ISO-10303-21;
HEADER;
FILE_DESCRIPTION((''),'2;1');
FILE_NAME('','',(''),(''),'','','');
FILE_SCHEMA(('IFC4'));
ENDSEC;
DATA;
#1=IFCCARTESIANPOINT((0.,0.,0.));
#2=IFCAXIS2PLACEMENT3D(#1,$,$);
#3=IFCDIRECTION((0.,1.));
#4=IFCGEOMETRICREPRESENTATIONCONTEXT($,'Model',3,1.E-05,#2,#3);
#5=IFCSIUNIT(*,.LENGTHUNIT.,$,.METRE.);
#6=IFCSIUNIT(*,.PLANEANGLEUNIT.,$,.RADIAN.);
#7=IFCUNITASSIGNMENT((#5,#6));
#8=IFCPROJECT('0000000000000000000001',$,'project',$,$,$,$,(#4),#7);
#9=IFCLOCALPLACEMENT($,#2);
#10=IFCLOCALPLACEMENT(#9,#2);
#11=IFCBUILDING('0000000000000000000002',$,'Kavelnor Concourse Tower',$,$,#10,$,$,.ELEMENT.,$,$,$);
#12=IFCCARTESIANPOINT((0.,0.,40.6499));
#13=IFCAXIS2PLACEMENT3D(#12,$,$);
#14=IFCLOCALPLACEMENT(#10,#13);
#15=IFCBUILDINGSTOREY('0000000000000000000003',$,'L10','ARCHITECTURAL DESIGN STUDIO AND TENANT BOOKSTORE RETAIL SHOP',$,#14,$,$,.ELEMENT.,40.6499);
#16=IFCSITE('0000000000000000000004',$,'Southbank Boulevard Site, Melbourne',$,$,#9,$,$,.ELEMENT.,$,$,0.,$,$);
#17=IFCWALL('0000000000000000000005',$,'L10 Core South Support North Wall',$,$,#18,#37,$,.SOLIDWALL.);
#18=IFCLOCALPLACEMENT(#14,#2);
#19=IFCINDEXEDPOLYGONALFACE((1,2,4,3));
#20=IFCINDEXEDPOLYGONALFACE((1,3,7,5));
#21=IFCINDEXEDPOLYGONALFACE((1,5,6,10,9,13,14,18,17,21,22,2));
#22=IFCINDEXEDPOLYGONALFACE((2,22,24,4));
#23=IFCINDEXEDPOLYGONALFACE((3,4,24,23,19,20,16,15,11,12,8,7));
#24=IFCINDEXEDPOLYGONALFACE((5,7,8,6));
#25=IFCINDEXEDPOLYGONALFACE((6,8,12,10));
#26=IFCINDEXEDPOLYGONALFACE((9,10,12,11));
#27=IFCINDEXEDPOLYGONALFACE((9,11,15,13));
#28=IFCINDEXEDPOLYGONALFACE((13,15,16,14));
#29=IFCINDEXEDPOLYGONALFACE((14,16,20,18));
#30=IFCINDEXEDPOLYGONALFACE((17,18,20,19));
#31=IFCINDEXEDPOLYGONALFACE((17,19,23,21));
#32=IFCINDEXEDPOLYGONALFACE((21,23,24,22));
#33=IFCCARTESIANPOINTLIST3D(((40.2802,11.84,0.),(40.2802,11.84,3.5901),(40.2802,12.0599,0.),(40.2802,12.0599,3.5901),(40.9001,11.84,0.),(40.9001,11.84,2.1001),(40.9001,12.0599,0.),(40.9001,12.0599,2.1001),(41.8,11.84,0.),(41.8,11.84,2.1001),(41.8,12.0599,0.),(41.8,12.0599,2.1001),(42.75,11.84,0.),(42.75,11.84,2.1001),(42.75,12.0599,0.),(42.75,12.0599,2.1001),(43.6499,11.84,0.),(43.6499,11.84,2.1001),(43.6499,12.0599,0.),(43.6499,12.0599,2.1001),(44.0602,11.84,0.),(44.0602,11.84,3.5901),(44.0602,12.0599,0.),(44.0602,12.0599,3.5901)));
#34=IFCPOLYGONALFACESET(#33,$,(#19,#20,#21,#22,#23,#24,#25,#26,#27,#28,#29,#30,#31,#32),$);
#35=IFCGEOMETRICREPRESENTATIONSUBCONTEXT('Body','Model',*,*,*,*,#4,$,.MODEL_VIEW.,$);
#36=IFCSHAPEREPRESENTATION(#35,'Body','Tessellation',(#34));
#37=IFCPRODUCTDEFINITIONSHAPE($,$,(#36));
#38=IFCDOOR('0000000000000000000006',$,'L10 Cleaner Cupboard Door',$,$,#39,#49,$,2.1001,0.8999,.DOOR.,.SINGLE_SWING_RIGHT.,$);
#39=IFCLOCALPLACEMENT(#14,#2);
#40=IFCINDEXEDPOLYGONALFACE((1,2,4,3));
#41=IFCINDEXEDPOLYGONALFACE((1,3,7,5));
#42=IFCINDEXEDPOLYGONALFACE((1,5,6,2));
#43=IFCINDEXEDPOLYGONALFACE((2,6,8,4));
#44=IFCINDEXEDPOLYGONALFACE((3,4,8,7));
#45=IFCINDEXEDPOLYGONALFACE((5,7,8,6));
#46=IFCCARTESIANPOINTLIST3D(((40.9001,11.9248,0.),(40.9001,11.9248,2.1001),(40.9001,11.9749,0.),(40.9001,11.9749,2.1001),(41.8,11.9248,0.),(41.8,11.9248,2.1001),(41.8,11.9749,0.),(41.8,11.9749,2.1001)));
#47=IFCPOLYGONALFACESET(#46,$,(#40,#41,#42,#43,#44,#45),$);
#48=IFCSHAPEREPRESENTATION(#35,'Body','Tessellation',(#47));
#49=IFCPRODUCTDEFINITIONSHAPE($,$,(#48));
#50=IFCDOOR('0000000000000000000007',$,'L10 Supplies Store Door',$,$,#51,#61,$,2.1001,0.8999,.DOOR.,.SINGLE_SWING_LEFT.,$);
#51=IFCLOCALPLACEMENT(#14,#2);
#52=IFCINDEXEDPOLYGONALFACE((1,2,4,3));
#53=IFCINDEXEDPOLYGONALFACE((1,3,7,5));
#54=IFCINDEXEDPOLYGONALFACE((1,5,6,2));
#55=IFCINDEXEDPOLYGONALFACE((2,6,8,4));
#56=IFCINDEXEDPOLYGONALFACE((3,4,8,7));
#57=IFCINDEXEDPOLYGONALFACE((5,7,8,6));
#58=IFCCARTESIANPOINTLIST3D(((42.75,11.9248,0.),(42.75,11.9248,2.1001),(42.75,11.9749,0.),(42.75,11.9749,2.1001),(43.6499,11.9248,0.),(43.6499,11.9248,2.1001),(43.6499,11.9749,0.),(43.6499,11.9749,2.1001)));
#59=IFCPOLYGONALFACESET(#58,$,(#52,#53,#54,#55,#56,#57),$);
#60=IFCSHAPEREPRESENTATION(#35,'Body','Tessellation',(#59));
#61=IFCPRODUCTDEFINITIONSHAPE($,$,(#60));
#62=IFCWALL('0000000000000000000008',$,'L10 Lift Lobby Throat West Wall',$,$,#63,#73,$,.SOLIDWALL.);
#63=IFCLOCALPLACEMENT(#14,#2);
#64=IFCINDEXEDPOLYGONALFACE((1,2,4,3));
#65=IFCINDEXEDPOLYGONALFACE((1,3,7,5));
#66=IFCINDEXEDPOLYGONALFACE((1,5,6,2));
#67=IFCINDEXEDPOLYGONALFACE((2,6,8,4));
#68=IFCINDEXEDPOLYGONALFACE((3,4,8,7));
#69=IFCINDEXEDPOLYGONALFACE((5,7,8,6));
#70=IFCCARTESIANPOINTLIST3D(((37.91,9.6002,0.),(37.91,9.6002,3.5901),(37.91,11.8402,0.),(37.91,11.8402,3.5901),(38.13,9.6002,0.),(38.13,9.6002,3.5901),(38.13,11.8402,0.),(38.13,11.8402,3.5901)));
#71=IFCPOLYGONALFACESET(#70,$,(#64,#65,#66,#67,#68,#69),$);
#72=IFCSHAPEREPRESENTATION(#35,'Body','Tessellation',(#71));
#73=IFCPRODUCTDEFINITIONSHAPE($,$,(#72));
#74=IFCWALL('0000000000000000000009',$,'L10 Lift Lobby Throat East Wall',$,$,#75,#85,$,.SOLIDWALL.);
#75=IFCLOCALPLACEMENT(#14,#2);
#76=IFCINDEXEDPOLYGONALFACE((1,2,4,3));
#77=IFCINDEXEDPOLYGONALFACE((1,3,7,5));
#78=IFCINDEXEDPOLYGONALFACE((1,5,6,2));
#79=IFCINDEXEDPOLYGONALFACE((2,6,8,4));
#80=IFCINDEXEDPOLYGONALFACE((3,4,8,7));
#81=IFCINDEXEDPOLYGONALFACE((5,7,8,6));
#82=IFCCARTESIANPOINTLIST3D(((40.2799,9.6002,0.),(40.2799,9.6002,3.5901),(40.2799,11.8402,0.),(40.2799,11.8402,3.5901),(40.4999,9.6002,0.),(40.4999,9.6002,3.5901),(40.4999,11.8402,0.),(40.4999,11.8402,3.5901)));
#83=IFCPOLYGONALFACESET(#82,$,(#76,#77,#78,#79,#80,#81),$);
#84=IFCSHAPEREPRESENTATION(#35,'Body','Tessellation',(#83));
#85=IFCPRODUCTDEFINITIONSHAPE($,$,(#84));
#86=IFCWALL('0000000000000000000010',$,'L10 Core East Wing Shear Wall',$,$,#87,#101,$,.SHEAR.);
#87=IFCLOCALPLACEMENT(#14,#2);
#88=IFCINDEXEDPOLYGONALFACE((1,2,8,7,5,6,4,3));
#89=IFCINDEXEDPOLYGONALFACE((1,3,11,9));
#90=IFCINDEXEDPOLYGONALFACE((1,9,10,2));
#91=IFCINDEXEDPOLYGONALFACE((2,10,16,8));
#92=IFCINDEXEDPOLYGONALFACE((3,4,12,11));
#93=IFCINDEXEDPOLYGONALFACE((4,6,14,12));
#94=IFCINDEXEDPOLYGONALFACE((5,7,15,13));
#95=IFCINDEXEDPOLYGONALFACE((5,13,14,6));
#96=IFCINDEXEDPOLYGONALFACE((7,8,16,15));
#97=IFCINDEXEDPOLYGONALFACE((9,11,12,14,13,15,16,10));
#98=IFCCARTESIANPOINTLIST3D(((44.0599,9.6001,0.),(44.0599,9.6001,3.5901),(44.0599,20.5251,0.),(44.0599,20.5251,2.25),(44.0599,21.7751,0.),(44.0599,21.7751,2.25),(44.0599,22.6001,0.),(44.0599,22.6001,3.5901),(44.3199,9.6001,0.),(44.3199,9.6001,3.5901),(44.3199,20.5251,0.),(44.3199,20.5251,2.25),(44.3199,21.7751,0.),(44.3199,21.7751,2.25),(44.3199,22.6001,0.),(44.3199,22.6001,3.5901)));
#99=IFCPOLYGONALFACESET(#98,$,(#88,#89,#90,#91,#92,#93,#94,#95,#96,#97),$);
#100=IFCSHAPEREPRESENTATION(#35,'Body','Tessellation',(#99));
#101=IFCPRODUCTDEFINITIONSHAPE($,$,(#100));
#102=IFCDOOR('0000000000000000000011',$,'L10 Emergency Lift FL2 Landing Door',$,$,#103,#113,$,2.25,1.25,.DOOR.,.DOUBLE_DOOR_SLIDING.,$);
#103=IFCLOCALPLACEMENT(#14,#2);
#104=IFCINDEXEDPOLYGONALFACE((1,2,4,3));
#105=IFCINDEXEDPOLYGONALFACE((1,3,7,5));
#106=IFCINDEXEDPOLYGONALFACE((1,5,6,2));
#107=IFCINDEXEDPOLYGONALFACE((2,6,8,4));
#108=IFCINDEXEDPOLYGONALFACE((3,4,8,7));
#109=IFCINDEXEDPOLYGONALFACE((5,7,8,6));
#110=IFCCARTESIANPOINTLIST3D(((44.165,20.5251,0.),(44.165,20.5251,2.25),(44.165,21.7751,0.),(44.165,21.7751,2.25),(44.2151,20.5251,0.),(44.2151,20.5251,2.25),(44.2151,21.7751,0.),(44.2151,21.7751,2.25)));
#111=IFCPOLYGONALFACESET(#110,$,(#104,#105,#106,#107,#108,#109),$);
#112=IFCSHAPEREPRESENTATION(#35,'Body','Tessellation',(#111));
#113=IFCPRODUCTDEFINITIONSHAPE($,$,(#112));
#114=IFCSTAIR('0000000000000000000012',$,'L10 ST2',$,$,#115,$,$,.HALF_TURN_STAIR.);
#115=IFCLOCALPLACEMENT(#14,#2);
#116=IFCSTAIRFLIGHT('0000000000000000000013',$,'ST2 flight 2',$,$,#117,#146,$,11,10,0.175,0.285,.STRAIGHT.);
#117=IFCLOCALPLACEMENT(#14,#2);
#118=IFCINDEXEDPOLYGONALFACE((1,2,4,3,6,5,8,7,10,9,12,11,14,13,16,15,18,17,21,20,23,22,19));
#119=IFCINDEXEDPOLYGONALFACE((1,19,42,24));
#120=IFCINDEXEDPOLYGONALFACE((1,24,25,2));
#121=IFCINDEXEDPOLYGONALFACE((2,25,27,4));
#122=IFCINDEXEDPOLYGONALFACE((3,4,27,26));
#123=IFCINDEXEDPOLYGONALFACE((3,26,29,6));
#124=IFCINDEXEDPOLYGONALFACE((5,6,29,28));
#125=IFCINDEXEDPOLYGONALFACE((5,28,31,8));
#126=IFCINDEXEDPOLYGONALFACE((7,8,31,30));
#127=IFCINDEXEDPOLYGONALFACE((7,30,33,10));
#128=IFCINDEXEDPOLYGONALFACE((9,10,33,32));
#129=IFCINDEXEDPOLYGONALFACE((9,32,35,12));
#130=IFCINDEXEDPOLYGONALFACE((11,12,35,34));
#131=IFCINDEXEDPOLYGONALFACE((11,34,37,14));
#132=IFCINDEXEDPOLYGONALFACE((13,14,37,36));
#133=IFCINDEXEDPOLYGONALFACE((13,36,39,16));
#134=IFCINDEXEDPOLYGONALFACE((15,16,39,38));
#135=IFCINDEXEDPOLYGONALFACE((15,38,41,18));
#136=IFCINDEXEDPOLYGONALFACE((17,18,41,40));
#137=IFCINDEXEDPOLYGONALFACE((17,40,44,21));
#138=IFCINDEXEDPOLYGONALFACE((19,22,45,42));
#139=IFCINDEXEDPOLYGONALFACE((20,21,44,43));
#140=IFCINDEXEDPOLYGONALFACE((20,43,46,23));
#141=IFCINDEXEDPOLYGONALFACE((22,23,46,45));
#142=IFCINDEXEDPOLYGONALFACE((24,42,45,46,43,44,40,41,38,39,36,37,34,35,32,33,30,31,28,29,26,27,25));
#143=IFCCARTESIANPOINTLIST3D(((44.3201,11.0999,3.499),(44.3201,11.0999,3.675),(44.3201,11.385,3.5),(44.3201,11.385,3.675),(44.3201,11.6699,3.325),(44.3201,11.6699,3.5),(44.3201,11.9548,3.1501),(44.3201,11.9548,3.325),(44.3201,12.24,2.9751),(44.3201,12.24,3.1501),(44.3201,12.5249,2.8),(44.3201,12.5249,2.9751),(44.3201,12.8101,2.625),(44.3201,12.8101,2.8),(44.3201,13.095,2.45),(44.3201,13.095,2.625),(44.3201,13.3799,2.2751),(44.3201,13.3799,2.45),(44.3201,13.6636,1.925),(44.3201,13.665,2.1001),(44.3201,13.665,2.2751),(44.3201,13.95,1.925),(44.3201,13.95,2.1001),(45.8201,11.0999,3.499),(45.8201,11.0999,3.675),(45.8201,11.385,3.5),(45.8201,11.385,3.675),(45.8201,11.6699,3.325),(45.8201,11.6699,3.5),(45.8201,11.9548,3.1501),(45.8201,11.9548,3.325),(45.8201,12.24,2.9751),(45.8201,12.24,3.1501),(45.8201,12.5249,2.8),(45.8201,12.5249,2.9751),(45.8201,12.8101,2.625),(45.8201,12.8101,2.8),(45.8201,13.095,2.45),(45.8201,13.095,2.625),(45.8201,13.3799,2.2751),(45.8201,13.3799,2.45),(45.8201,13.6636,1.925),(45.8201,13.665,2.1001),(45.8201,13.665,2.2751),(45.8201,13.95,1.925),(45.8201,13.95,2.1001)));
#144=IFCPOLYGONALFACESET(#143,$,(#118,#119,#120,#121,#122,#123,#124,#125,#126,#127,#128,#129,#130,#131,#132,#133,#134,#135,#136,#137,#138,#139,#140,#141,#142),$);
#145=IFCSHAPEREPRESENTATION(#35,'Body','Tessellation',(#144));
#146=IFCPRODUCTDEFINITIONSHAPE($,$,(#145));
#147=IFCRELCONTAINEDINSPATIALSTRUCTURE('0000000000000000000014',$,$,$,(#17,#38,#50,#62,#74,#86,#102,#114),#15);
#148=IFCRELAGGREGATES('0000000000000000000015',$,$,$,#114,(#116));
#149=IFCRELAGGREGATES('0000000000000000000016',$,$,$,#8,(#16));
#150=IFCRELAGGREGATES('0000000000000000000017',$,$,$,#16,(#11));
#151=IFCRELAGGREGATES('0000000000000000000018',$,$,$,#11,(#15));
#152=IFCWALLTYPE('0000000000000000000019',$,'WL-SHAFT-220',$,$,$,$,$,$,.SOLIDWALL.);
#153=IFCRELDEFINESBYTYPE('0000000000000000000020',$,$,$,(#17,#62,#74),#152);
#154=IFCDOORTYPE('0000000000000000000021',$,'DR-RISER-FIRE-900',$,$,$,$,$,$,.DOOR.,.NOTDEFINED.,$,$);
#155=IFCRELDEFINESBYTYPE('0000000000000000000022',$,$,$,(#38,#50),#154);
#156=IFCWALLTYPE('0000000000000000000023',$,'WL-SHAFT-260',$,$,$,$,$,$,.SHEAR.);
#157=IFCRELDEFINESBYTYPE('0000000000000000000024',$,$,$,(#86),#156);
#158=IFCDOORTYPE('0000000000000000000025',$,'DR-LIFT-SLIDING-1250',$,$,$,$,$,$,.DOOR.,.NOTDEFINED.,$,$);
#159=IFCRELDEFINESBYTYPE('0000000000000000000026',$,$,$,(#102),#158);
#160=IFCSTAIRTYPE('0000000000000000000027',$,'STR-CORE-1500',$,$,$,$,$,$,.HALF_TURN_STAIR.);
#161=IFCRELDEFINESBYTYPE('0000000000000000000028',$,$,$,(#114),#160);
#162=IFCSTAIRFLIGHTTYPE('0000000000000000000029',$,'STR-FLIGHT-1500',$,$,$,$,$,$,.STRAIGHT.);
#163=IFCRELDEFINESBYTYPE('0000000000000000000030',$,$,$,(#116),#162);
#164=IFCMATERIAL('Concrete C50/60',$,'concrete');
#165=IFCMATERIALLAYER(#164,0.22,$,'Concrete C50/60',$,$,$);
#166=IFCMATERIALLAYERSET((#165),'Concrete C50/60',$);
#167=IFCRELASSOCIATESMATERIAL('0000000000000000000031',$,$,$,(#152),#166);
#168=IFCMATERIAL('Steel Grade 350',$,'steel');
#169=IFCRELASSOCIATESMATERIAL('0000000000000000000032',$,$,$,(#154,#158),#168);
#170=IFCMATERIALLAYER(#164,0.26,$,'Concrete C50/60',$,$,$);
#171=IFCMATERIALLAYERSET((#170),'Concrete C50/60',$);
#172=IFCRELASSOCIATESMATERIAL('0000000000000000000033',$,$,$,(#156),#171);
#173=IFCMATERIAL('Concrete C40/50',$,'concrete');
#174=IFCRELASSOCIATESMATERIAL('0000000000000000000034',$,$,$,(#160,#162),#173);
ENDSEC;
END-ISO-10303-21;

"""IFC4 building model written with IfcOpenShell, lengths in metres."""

from ifc_helpers import new_model, si_unit, direction, frame, frame_2d, origin, place, context, subcontext, project, spatial, polyline, rectangle, outline, extrude, material, layer, layer_set, type_object, element, fill, aggregate, save


model = new_model("IFC4")

# Units and contexts
model_context = context("Model", 3, precision=1e-05, world=origin(), true_north=direction((0.0, 1.0)))
body_context = subcontext(model_context, "Body", "Model", "MODEL_VIEW")
ifc_project = project(units=[si_unit("LENGTHUNIT", "METRE"), si_unit("PLANEANGLEUNIT", "RADIAN")], contexts=[model_context])

# Site, building, storey
site_placement = place(None, origin())
site = spatial("IfcSite", under=ifc_project, at=site_placement, Name="Southbank Boulevard Site, Melbourne", CompositionType="ELEMENT", RefElevation=0.0)
building_placement = place(site_placement, origin())
building = spatial("IfcBuilding", under=site, at=building_placement, Name="Kavelnor Concourse Tower", CompositionType="ELEMENT")
storey_placement = place(building_placement, frame((0.0, 0.0, 40.6499)))
storey = spatial("IfcBuildingStorey", under=building, at=storey_placement, Name="L10", Description="ARCHITECTURAL DESIGN STUDIO AND TENANT BOOKSTORE RETAIL SHOP", CompositionType="ELEMENT", Elevation=40.6499)

# Shared definitions
ifc_material_1 = material(Name="Steel Grade 350", Category="steel")

# Wall, openings, doors
ifc_material_2 = material(Name="Concrete C50/60", Category="concrete")
ifc_layer_1 = layer(ifc_material_2, 0.22, Name="Concrete C50/60")
ifc_layer_set_1 = layer_set([ifc_layer_1], Name="Concrete C50/60")
wall_type_1 = type_object("IfcWallType", Name="WL-SHAFT-220", PredefinedType="SOLIDWALL", material=ifc_layer_set_1)
wall_1_placement = place(storey_placement, frame((40.28, 11.95, 0.0), z_axis=(0.0, 0.0, 1.0), x_axis=(1.0, 0.0, 0.0)))
wall_1 = element("IfcWall", 1, at=wall_1_placement, inside=storey, type_object=wall_type_1, Name="L10 Core South Support North Wall", PredefinedType="SOLIDWALL", context=body_context, shape_type="SweptSolid", body=[
    extrude(rectangle(XDim=3.78, YDim=0.22, at=frame_2d((1.8901, 0.0))), origin(), (0.0, 0.0, 1.0), 3.5901),
])
opening_1_placement = place(wall_1_placement, frame((0.6201, 0.0, 0.0)))
opening_1 = element("IfcOpeningElement", 2, at=opening_1_placement, cuts=wall_1, PredefinedType="OPENING", context=body_context, shape_type="SweptSolid", body=[
    extrude(rectangle(XDim=0.8999, YDim=2.1001, at=frame_2d((0.45, 1.05))), frame((0.0, 0.1201, 0.0), z_axis=(0.0, -1.0, 0.0), x_axis=(1.0, 0.0, 0.0)), (0.0, 0.0, 1.0), 0.24),
])
opening_2_placement = place(wall_1_placement, frame((2.47, 0.0, 0.0)))
opening_2 = element("IfcOpeningElement", 3, at=opening_2_placement, cuts=wall_1, PredefinedType="OPENING", context=body_context, shape_type="SweptSolid", body=[
    extrude(rectangle(XDim=0.8999, YDim=2.1001, at=frame_2d((0.45, 1.05))), frame((0.0, 0.1201, 0.0), z_axis=(0.0, -1.0, 0.0), x_axis=(1.0, 0.0, 0.0)), (0.0, 0.0, 1.0), 0.24),
])
door_type_1 = type_object("IfcDoorType", Name="DR-RISER-FIRE-900", OperationType="NOTDEFINED", PredefinedType="DOOR", material=ifc_material_1)
door_1_placement = place(opening_1_placement, origin())
door_1 = element("IfcDoor", 4, at=door_1_placement, inside=storey, type_object=door_type_1, Name="L10 Cleaner Cupboard Door", OperationType="SINGLE_SWING_RIGHT", OverallHeight=2.1001, OverallWidth=0.8999, PredefinedType="DOOR", context=body_context, shape_type="SweptSolid", body=[
    extrude(rectangle(XDim=0.8999, YDim=2.1001, at=frame_2d((0.45, 1.05))), frame((0.0, 0.0249, 0.0), z_axis=(0.0, -1.0, 0.0), x_axis=(1.0, 0.0, 0.0)), (0.0, 0.0, 1.0), 0.05),
])
fill(opening_1, door_1)
door_2_placement = place(opening_2_placement, origin())
door_2 = element("IfcDoor", 5, at=door_2_placement, inside=storey, type_object=door_type_1, Name="L10 Supplies Store Door", OperationType="SINGLE_SWING_LEFT", OverallHeight=2.1001, OverallWidth=0.8999, PredefinedType="DOOR", context=body_context, shape_type="SweptSolid", body=[
    extrude(rectangle(XDim=0.8999, YDim=2.1001, at=frame_2d((0.45, 1.05))), frame((0.0, 0.0249, 0.0), z_axis=(0.0, -1.0, 0.0), x_axis=(1.0, 0.0, 0.0)), (0.0, 0.0, 1.0), 0.05),
])
fill(opening_2, door_2)

# Walls
for number, where, z_axis, x_axis, name in (
    (6, (38.02, 9.6001, 0.0), (0.0, 0.0, 1.0), (0.0, 1.0, 0.0), "L10 Lift Lobby Throat West Wall"),
    (7, (40.3899, 9.6001, 0.0), (0.0, 0.0, 1.0), (0.0, 1.0, 0.0), "L10 Lift Lobby Throat East Wall"),
):
    element("IfcWall", number, at=place(storey_placement, frame(where, z_axis=z_axis, x_axis=x_axis)), inside=storey, type_object=wall_type_1, Name=name, PredefinedType="SOLIDWALL", context=body_context, shape_type="SweptSolid", body=[
        extrude(rectangle(XDim=2.24, YDim=0.22, at=frame_2d((1.1201, 0.0))), origin(), (0.0, 0.0, 1.0), 3.5901),
    ])

# Wall, opening, door
ifc_layer_2 = layer(ifc_material_2, 0.26, Name="Concrete C50/60")
ifc_layer_set_2 = layer_set([ifc_layer_2], Name="Concrete C50/60")
wall_type_2 = type_object("IfcWallType", Name="WL-SHAFT-260", PredefinedType="SHEAR", material=ifc_layer_set_2)
wall_2_placement = place(storey_placement, frame((44.1899, 9.6001, 0.0), z_axis=(0.0, 0.0, 1.0), x_axis=(0.0, 1.0, 0.0)))
wall_2 = element("IfcWall", 8, at=wall_2_placement, inside=storey, type_object=wall_type_2, Name="L10 Core East Wing Shear Wall", PredefinedType="SHEAR", context=body_context, shape_type="SweptSolid", body=[
    extrude(rectangle(XDim=13.0, YDim=0.26, at=frame_2d((6.5, 0.0))), origin(), (0.0, 0.0, 1.0), 3.5901),
])
opening_3_placement = place(wall_2_placement, frame((10.925, 0.0, 0.0)))
opening_3 = element("IfcOpeningElement", 9, at=opening_3_placement, cuts=wall_2, PredefinedType="OPENING", context=body_context, shape_type="SweptSolid", body=[
    extrude(rectangle(XDim=1.25, YDim=2.25, at=frame_2d((0.625, 1.125))), frame((0.0, 0.1401, 0.0), z_axis=(0.0, -1.0, 0.0), x_axis=(1.0, 0.0, 0.0)), (0.0, 0.0, 1.0), 0.28),
])
door_type_2 = type_object("IfcDoorType", Name="DR-LIFT-SLIDING-1250", OperationType="NOTDEFINED", PredefinedType="DOOR", material=ifc_material_1)
door_3_placement = place(opening_3_placement, origin())
door_3 = element("IfcDoor", 10, at=door_3_placement, inside=storey, type_object=door_type_2, Name="L10 Emergency Lift FL2 Landing Door", OperationType="DOUBLE_DOOR_SLIDING", OverallHeight=2.25, OverallWidth=1.25, PredefinedType="DOOR", context=body_context, shape_type="SweptSolid", body=[
    extrude(rectangle(XDim=1.25, YDim=2.25, at=frame_2d((0.625, 1.125))), frame((0.0, 0.0249, 0.0), z_axis=(0.0, -1.0, 0.0), x_axis=(1.0, 0.0, 0.0)), (0.0, 0.0, 1.0), 0.05),
])
fill(opening_3, door_3)

# Stair, stair flight
ifc_material_3 = material(Name="Concrete C40/50", Category="concrete")
stair_type = type_object("IfcStairType", Name="STR-CORE-1500", PredefinedType="HALF_TURN_STAIR", material=ifc_material_3)
stair_placement = place(storey_placement, origin())
stair = element("IfcStair", 11, at=stair_placement, inside=storey, type_object=stair_type, Name="L10 ST2", PredefinedType="HALF_TURN_STAIR")
stair_flight_type = type_object("IfcStairFlightType", Name="STR-FLIGHT-1500", PredefinedType="STRAIGHT", material=ifc_material_3)
stair_flight_placement = place(storey_placement, frame((45.0701, 13.95, 1.925), z_axis=(0.0, 0.0, 1.0), x_axis=(0.0, -1.0, 0.0)))
stair_flight = element("IfcStairFlight", 12, at=stair_flight_placement, type_object=stair_flight_type, Name="ST2 flight 2", NumberOfRisers=11, NumberOfTreads=10, PredefinedType="STRAIGHT", RiserHeight=0.175, TreadLength=0.285, context=body_context, shape_type="SweptSolid", body=[
    extrude(outline(polyline([(0.0, 0.0), (0.0, 0.175), (0.2849, 0.175), (0.2849, 0.3501), (0.5701, 0.3501), (0.5701, 0.5249), (0.855, 0.5249), (0.855, 0.7), (1.1399, 0.7), (1.1399, 0.875), (1.425, 0.875), (1.425, 1.05), (1.71, 1.05), (1.71, 1.2251), (1.9951, 1.2251), (1.9951, 1.3999), (2.28, 1.3999), (2.28, 1.575), (2.5649, 1.575), (2.5649, 1.75), (2.8501, 1.75), (2.8501, 1.925), (2.8501, 1.574), (0.2864, 0.0), (0.0, 0.0)])), frame((0.0, 0.75, 0.0), z_axis=(0.0, -1.0, 0.0), x_axis=(1.0, 0.0, 0.0)), (0.0, 0.0, 1.0), 1.5),
])
aggregate(stair, [stair_flight])

save(model, "model.ifc")
